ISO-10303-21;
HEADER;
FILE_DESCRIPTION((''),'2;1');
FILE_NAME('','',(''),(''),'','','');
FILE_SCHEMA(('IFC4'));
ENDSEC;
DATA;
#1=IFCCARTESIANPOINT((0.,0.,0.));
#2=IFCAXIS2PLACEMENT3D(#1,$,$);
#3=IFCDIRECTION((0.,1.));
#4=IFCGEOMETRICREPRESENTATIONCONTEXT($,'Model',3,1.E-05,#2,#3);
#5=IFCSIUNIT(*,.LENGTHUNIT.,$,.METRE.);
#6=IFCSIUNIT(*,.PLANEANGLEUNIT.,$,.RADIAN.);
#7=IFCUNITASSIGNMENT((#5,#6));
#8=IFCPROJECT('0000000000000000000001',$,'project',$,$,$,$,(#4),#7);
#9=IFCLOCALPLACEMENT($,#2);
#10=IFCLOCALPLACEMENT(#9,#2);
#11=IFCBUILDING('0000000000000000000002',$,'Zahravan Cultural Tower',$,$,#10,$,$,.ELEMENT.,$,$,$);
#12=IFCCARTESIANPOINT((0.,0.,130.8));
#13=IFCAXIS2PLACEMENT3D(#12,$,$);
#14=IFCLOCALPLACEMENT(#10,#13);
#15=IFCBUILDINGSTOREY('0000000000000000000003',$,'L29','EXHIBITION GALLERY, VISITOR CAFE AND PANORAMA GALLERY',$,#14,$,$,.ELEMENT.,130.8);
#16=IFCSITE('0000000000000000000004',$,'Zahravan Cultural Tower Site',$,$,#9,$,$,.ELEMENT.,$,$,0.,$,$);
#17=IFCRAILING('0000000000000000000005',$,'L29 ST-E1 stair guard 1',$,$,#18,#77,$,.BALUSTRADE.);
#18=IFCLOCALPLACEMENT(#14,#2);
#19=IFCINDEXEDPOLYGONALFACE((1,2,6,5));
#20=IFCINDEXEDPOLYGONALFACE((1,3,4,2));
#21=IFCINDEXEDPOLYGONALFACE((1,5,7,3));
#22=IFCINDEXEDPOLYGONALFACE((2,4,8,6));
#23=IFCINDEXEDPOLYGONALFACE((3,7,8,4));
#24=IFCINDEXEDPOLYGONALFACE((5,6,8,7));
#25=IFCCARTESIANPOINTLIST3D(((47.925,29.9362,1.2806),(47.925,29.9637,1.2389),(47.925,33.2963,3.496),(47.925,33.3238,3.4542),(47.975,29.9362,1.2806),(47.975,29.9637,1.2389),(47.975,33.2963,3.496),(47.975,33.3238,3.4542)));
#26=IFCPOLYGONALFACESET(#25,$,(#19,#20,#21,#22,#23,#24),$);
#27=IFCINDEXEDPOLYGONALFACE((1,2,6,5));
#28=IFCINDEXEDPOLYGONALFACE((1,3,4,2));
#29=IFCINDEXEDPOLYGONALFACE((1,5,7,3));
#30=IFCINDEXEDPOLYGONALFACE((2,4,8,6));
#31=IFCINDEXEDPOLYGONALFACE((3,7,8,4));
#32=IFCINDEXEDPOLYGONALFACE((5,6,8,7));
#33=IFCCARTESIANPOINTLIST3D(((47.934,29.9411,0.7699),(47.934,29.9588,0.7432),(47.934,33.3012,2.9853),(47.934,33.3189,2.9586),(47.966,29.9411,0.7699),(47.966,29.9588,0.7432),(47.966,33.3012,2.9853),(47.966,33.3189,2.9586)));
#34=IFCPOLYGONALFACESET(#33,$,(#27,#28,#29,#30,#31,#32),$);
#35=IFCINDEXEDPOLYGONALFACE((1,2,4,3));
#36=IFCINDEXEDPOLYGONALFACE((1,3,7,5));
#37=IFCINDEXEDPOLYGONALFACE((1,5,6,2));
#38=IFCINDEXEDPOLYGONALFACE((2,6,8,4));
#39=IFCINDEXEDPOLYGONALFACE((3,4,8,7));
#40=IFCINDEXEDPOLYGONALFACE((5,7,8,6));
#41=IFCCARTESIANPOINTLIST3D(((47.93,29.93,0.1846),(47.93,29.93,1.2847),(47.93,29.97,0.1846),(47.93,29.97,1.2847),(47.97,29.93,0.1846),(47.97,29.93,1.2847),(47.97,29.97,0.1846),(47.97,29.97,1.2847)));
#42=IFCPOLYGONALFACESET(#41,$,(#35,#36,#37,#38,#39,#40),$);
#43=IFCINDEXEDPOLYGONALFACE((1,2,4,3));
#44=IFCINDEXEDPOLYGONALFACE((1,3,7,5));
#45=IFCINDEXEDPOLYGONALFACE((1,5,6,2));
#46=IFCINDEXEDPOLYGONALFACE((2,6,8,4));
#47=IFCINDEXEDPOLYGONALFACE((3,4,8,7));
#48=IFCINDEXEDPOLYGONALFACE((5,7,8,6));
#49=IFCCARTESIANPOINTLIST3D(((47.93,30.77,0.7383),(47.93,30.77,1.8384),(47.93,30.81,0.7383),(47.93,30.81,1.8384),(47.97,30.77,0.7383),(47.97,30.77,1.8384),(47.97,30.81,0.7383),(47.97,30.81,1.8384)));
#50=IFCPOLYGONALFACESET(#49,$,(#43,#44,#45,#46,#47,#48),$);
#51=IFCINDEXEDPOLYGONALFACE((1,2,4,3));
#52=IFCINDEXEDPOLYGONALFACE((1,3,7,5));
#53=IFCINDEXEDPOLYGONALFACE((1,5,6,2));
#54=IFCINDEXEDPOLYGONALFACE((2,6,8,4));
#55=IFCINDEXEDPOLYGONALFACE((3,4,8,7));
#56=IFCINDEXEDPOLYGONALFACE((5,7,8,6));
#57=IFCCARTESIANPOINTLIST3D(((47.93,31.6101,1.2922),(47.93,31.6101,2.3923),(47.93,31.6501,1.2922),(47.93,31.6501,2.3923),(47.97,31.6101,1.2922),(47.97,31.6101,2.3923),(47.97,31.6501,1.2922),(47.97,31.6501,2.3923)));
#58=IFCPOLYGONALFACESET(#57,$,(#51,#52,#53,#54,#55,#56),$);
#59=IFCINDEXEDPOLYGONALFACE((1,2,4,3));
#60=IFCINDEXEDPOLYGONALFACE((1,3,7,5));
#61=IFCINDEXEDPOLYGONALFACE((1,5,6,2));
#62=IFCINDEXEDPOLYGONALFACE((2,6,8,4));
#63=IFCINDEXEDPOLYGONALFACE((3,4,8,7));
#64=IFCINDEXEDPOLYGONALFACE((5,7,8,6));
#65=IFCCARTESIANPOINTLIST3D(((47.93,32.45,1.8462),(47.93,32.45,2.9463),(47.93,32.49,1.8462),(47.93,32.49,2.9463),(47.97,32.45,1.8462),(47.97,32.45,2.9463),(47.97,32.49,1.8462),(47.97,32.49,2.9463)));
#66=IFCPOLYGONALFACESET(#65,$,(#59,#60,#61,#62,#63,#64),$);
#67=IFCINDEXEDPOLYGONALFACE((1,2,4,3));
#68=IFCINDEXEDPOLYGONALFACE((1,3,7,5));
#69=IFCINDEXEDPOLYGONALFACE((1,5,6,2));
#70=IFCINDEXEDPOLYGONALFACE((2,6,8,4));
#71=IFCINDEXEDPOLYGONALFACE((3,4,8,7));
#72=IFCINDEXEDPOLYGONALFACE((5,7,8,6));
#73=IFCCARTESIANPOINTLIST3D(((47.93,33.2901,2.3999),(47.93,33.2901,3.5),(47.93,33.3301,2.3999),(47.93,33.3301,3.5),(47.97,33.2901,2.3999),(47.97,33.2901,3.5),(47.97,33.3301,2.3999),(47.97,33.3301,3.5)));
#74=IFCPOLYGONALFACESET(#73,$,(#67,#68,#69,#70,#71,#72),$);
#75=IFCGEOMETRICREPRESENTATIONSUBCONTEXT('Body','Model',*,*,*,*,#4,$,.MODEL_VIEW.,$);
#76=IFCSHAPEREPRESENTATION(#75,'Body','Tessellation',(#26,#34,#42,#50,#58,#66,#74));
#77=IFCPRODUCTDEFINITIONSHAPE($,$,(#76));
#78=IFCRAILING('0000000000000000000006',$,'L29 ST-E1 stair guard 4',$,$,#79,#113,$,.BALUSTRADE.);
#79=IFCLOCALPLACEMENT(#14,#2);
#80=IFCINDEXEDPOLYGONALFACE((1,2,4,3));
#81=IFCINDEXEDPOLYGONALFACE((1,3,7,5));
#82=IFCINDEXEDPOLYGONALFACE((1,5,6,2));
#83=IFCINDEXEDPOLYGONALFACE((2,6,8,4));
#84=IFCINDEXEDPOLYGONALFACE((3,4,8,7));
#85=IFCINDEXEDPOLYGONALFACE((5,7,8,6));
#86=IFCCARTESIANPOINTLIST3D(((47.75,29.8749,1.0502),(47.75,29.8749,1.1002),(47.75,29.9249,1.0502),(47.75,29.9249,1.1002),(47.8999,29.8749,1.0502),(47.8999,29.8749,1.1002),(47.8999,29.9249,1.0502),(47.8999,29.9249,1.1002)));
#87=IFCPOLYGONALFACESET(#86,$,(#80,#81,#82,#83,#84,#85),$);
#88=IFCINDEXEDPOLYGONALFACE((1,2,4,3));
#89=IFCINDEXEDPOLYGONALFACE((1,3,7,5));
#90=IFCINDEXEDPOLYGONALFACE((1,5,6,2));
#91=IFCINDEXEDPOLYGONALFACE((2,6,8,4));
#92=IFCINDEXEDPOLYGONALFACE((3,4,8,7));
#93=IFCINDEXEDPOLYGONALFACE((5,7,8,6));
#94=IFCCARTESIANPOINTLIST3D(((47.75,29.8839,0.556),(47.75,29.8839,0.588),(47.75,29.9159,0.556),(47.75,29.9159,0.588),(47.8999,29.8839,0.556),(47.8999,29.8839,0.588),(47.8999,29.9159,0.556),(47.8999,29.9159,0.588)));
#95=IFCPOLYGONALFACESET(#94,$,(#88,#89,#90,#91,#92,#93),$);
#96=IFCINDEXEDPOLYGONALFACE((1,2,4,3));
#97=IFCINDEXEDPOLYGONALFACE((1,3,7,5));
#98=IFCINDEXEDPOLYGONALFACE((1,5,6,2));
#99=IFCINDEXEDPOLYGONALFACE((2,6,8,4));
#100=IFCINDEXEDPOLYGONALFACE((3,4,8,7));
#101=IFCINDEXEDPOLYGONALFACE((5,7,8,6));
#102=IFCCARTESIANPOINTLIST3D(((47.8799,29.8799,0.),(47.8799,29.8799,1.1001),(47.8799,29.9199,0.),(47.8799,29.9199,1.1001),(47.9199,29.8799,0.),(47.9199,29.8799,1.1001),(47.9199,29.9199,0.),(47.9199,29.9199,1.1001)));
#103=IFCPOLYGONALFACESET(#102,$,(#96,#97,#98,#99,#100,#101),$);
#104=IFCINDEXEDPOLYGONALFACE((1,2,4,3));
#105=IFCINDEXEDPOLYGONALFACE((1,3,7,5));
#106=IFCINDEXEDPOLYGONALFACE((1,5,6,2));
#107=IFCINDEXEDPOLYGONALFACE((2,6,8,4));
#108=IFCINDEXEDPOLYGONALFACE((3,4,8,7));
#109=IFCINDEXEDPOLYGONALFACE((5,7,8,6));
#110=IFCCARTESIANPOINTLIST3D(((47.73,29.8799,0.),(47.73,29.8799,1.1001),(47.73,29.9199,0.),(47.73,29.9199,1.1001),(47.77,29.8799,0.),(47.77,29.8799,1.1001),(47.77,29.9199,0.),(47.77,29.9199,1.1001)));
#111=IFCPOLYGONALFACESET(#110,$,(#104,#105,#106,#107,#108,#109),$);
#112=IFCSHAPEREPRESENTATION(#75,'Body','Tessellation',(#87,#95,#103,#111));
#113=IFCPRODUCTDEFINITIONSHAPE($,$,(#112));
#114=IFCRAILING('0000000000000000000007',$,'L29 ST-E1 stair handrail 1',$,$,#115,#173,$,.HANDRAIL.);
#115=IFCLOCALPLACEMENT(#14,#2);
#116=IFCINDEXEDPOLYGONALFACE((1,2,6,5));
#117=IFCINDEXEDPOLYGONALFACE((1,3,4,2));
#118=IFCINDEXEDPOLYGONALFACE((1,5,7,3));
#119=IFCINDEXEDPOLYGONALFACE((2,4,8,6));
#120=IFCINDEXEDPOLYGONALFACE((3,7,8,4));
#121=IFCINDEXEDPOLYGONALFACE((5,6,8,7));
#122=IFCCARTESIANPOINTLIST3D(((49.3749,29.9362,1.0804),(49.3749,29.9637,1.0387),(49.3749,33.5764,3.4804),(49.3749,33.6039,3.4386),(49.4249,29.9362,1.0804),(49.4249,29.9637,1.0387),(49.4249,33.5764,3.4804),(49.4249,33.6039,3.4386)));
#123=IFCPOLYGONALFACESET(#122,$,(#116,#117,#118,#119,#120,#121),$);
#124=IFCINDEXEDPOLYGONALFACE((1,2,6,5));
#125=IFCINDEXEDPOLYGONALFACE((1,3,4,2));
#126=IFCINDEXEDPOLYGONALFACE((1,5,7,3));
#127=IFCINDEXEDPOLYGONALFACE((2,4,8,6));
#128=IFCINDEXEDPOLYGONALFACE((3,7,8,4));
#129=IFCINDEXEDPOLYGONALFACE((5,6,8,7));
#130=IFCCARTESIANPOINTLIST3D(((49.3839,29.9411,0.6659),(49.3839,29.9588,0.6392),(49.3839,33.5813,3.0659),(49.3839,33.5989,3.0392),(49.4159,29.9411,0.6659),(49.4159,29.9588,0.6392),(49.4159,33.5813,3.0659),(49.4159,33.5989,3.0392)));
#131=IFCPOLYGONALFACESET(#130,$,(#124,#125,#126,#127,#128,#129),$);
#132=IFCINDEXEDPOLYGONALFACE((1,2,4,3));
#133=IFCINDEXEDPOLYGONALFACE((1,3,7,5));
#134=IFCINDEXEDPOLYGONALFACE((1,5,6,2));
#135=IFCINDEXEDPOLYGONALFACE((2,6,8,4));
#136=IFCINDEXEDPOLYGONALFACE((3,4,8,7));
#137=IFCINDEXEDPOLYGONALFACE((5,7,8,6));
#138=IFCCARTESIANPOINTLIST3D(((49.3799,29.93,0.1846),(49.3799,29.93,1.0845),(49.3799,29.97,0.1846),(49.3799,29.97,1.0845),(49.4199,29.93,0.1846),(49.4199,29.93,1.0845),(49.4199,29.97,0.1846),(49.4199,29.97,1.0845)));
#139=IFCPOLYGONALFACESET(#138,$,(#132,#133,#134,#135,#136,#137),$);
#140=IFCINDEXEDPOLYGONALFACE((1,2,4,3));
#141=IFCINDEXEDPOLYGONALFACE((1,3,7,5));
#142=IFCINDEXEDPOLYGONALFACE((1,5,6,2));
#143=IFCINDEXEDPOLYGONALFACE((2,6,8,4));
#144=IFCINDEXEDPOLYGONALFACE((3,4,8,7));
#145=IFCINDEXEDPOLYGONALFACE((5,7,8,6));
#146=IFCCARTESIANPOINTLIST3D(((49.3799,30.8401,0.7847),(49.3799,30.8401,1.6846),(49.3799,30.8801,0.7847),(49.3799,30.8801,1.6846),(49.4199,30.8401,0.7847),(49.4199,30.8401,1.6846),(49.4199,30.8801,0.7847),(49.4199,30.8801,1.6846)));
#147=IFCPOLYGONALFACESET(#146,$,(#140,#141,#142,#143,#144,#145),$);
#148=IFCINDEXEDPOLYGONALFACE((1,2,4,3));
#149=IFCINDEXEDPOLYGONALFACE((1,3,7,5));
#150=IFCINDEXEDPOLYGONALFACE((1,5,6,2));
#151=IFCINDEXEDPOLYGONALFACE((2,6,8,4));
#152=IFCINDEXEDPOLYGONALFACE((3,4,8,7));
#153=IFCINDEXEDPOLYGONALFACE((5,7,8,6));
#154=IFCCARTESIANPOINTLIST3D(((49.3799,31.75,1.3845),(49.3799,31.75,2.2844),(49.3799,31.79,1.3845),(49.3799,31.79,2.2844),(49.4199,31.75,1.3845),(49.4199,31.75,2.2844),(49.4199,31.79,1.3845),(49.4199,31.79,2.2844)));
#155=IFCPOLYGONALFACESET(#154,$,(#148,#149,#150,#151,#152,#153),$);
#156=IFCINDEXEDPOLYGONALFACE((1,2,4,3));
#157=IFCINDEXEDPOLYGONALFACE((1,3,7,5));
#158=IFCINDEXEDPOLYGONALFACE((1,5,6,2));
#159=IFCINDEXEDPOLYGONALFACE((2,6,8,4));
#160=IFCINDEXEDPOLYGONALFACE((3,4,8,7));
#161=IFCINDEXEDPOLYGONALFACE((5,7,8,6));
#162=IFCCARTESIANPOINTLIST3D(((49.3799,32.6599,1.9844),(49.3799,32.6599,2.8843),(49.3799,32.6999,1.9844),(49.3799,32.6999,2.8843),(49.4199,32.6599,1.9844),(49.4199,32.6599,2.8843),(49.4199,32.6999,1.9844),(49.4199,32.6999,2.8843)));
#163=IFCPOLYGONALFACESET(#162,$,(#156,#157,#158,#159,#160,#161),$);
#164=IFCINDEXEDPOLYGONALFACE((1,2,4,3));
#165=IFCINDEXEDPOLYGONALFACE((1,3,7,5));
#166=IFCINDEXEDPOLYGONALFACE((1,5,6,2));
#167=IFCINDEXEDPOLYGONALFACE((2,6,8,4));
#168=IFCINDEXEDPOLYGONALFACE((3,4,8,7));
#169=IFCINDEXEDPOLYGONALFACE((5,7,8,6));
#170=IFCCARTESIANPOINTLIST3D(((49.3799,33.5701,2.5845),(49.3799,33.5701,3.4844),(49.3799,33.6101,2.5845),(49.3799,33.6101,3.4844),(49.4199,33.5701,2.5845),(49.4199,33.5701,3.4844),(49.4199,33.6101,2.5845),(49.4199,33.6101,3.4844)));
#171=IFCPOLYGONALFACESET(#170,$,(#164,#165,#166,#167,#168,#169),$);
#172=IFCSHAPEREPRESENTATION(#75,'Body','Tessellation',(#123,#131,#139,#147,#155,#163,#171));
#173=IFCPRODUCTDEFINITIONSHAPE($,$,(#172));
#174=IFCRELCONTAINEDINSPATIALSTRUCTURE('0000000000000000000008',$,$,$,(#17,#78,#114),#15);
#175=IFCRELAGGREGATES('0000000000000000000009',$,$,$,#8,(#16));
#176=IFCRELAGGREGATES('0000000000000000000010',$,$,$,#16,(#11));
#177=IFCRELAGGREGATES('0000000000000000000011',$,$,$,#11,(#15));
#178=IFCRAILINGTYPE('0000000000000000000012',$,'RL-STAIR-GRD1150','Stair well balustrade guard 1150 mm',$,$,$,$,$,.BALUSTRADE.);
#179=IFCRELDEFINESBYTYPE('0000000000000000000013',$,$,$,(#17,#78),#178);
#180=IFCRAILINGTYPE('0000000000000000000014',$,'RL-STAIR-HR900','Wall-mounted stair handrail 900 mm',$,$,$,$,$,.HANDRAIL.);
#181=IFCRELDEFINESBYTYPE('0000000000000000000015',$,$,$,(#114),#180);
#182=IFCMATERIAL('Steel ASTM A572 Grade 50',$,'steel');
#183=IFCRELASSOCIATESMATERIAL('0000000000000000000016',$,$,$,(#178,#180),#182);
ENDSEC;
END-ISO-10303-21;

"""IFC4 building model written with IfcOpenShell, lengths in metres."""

from ifc_helpers import new_model, si_unit, direction, frame, origin, origin_2d, place, context, subcontext, project, spatial, rectangle, extrude, material, type_object, element, save


model = new_model("IFC4")

# Units and contexts
model_context = context("Model", 3, precision=1e-05, world=origin(), true_north=direction((0.0, 1.0)))
body_context = subcontext(model_context, "Body", "Model", "MODEL_VIEW")
ifc_project = project(units=[si_unit("LENGTHUNIT", "METRE"), si_unit("PLANEANGLEUNIT", "RADIAN")], contexts=[model_context])

# Site, building, storey
site_placement = place(None, origin())
site = spatial("IfcSite", under=ifc_project, at=site_placement, Name="Zahravan Cultural Tower Site", CompositionType="ELEMENT", RefElevation=0.0)
building_placement = place(site_placement, origin())
building = spatial("IfcBuilding", under=site, at=building_placement, Name="Zahravan Cultural Tower", CompositionType="ELEMENT")
storey_placement = place(building_placement, frame((0.0, 0.0, 130.8)))
storey = spatial("IfcBuildingStorey", under=building, at=storey_placement, Name="L29", Description="EXHIBITION GALLERY, VISITOR CAFE AND PANORAMA GALLERY", CompositionType="ELEMENT", Elevation=130.8)

# Shared definitions
ifc_material_1 = material(Name="Steel ASTM A572 Grade 50", Category="steel")

# Railings
railing_type_1 = type_object("IfcRailingType", Name="RL-STAIR-GRD1150", Description="Stair well balustrade guard 1150 mm", PredefinedType="BALUSTRADE", material=ifc_material_1)
railing_1_placement = place(storey_placement, frame((47.95, 29.95, 0.1846)))
element("IfcRailing", 1, at=railing_1_placement, inside=storey, type_object=railing_type_1, Name="L29 ST-E1 stair guard 1", PredefinedType="BALUSTRADE", context=body_context, shape_type="SweptSolid", body=[
    extrude(rectangle(XDim=0.05, YDim=0.05, at=origin_2d()), frame((0.0, 0.0, 1.0752), z_axis=(0.0, 0.834876, 0.550437), x_axis=(-1.0, 0.0, 0.0)), (0.0, 0.0, 1.0), 4.0247),
    extrude(rectangle(XDim=0.032, YDim=0.032, at=origin_2d()), frame((0.0, 0.0, 0.572), z_axis=(0.0, 0.834876, 0.550437), x_axis=(-1.0, 0.0, 0.0)), (0.0, 0.0, 1.0), 4.0247),
    extrude(rectangle(XDim=0.04, YDim=0.04, at=origin_2d()), origin(), (0.0, 0.0, 1.0), 1.1001),
    extrude(rectangle(XDim=0.04, YDim=0.04, at=origin_2d()), frame((0.0, 0.8401, 0.5537)), (0.0, 0.0, 1.0), 1.1001),
    extrude(rectangle(XDim=0.04, YDim=0.04, at=origin_2d()), frame((0.0, 1.6802, 1.1077)), (0.0, 0.0, 1.0), 1.1001),
    extrude(rectangle(XDim=0.04, YDim=0.04, at=origin_2d()), frame((0.0, 2.52, 1.6616)), (0.0, 0.0, 1.0), 1.1001),
    extrude(rectangle(XDim=0.04, YDim=0.04, at=origin_2d()), frame((0.0, 3.3601, 2.2153)), (0.0, 0.0, 1.0), 1.1001),
])
railing_2_placement = place(storey_placement, frame((47.8999, 29.8999, 0.0)))
element("IfcRailing", 2, at=railing_2_placement, inside=storey, type_object=railing_type_1, Name="L29 ST-E1 stair guard 4", PredefinedType="BALUSTRADE", context=body_context, shape_type="SweptSolid", body=[
    extrude(rectangle(XDim=0.05, YDim=0.05, at=origin_2d()), frame((0.0, 0.0, 1.0752), z_axis=(-1.0, 0.0, 0.0), x_axis=(0.0, -1.0, 0.0)), (0.0, 0.0, 1.0), 0.1499),
    extrude(rectangle(XDim=0.032, YDim=0.032, at=origin_2d()), frame((0.0, 0.0, 0.572), z_axis=(-1.0, 0.0, 0.0), x_axis=(0.0, -1.0, 0.0)), (0.0, 0.0, 1.0), 0.1499),
    extrude(rectangle(XDim=0.04, YDim=0.04, at=origin_2d()), origin(), (0.0, 0.0, 1.0), 1.1001),
    extrude(rectangle(XDim=0.04, YDim=0.04, at=origin_2d()), frame((-0.1499, 0.0, 0.0)), (0.0, 0.0, 1.0), 1.1001),
])
railing_type_2 = type_object("IfcRailingType", Name="RL-STAIR-HR900", Description="Wall-mounted stair handrail 900 mm", PredefinedType="HANDRAIL", material=ifc_material_1)
railing_3_placement = place(storey_placement, frame((49.3999, 29.95, 0.1846)))
element("IfcRailing", 3, at=railing_3_placement, inside=storey, type_object=railing_type_2, Name="L29 ST-E1 stair handrail 1", PredefinedType="HANDRAIL", context=body_context, shape_type="SweptSolid", body=[
    extrude(rectangle(XDim=0.05, YDim=0.05, at=origin_2d()), frame((0.0, 0.0, 0.875), z_axis=(0.0, 0.834882, 0.550429), x_axis=(-1.0, 0.0, 0.0)), (0.0, 0.0, 1.0), 4.3601),
    extrude(rectangle(XDim=0.032, YDim=0.032, at=origin_2d()), frame((0.0, 0.0, 0.468), z_axis=(0.0, 0.834882, 0.550429), x_axis=(-1.0, 0.0, 0.0)), (0.0, 0.0, 1.0), 4.3601),
    extrude(rectangle(XDim=0.04, YDim=0.04, at=origin_2d()), origin(), (0.0, 0.0, 1.0), 0.8999),
    extrude(rectangle(XDim=0.04, YDim=0.04, at=origin_2d()), frame((0.0, 0.9102, 0.6001)), (0.0, 0.0, 1.0), 0.8999),
    extrude(rectangle(XDim=0.04, YDim=0.04, at=origin_2d()), frame((0.0, 1.8201, 1.2)), (0.0, 0.0, 1.0), 0.8999),
    extrude(rectangle(XDim=0.04, YDim=0.04, at=origin_2d()), frame((0.0, 2.73, 1.7998)), (0.0, 0.0, 1.0), 0.8999),
    extrude(rectangle(XDim=0.04, YDim=0.04, at=origin_2d()), frame((0.0, 3.6401, 2.3999)), (0.0, 0.0, 1.0), 0.8999),
])

save(model, "model.ifc")
